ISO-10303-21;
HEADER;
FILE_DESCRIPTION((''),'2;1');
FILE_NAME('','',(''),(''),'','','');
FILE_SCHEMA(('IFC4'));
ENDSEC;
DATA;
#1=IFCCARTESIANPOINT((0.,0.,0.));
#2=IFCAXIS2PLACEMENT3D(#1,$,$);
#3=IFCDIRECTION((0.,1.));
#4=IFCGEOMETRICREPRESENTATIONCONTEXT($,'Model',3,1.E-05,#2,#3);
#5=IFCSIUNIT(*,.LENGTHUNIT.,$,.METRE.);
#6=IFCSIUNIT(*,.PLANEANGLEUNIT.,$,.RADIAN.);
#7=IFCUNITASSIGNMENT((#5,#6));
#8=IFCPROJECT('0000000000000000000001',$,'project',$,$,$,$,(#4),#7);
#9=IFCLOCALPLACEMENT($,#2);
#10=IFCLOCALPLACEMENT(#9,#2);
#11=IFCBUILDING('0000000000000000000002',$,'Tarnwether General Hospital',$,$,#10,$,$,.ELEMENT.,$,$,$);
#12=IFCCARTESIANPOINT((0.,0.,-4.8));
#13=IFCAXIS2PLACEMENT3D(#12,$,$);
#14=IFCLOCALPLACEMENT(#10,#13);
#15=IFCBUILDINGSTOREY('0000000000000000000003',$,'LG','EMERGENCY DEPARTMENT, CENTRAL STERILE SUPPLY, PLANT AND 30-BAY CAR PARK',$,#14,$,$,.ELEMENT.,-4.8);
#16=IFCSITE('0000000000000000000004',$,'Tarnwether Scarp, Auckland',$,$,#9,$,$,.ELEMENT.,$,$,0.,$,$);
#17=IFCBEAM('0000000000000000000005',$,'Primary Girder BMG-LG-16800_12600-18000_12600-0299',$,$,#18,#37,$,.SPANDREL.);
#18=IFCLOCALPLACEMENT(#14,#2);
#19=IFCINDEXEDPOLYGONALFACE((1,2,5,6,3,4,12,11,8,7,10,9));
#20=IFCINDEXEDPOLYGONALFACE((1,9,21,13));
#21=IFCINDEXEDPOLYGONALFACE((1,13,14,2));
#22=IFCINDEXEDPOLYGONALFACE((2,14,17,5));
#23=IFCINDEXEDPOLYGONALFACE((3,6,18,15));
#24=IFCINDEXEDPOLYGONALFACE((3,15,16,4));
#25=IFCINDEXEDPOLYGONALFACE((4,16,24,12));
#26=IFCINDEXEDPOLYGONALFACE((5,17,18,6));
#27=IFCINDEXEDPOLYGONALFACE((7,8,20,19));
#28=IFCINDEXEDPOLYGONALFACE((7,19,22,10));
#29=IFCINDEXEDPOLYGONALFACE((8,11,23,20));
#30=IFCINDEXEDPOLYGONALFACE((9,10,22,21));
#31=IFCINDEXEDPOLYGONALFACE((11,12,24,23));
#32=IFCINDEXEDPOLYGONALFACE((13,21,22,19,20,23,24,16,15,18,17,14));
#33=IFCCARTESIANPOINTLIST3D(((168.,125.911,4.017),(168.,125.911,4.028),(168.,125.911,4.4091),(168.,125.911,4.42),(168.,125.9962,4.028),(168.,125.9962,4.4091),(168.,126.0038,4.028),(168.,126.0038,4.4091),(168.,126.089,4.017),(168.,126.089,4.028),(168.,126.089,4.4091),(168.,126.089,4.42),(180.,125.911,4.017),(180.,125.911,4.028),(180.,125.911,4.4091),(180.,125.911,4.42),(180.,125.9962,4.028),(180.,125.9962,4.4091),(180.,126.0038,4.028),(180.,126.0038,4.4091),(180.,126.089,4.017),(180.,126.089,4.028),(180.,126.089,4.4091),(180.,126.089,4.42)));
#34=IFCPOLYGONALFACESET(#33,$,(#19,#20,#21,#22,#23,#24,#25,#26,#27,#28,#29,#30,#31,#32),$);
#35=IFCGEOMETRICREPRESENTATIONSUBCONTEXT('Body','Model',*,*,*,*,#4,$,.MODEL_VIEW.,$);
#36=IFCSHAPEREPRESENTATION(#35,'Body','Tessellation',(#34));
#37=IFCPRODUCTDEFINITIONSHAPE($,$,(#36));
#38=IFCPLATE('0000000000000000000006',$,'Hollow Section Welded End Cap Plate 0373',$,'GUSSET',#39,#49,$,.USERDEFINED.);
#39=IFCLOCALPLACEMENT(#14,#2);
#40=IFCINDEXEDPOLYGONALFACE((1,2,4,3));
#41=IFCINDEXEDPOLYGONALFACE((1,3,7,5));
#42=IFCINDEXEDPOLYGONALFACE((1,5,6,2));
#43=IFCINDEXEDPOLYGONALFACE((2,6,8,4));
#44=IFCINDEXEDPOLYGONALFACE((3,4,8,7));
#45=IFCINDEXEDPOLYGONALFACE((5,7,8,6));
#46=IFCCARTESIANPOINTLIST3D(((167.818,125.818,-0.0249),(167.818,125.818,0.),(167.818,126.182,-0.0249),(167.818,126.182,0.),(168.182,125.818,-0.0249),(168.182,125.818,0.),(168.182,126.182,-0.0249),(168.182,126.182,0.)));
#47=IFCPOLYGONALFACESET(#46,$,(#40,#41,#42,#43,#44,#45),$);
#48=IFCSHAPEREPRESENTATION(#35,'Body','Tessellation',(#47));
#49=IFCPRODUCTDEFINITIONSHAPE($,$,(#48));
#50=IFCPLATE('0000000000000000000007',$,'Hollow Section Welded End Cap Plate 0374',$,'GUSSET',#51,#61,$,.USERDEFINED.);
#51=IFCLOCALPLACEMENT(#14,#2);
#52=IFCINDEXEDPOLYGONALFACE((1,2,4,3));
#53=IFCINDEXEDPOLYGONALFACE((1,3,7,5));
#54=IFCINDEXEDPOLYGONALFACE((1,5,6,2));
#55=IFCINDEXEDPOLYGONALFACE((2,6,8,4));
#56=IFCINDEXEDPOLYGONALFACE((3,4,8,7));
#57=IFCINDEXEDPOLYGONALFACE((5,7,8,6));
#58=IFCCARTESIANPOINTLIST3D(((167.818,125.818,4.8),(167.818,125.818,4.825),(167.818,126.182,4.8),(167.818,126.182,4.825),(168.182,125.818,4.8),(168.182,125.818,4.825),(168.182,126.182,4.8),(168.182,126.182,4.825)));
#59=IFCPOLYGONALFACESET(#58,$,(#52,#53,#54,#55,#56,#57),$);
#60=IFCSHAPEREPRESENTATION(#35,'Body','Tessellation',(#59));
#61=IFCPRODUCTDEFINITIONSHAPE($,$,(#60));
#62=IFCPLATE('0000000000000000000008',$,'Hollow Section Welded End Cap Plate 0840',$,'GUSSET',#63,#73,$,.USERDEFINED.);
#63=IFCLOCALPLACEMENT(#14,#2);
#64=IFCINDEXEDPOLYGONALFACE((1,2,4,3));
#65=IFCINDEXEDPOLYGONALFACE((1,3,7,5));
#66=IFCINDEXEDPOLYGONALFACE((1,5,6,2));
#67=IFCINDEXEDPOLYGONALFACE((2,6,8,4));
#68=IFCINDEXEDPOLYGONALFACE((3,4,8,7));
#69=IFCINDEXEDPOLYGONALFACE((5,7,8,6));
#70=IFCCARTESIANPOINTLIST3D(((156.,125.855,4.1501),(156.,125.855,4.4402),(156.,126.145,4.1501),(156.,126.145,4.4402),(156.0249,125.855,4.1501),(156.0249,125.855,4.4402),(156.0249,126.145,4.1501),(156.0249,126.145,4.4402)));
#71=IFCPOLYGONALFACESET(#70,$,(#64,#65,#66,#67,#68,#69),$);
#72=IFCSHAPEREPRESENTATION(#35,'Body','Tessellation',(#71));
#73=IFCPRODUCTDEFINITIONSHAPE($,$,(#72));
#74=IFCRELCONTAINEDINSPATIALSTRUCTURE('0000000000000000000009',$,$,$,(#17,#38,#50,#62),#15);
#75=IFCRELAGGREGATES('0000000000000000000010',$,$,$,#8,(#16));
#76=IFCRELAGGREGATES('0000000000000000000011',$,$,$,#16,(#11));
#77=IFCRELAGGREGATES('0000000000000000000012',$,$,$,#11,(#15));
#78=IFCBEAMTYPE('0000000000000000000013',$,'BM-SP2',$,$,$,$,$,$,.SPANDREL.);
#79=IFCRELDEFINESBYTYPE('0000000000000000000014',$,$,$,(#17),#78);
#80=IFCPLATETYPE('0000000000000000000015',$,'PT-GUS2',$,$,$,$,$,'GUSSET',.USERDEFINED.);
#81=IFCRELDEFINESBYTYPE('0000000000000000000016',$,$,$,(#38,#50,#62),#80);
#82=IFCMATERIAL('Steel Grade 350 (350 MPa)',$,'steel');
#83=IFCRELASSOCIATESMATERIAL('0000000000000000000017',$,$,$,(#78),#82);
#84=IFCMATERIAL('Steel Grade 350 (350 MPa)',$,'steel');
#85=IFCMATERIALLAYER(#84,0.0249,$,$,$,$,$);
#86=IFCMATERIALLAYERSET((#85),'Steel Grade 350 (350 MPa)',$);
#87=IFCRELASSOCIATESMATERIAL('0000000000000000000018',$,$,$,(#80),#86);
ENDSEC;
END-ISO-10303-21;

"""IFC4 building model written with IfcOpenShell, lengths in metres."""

from ifc_helpers import new_model, si_unit, direction, frame, origin, origin_2d, place, context, subcontext, project, spatial, rectangle, i_section, extrude, material, layer, layer_set, material_profile, profile_set, type_object, element, save


model = new_model("IFC4")

# Units and contexts
model_context = context("Model", 3, precision=1e-05, world=origin(), true_north=direction((0.0, 1.0)))
body_context = subcontext(model_context, "Body", "Model", "MODEL_VIEW")
ifc_project = project(units=[si_unit("LENGTHUNIT", "METRE"), si_unit("PLANEANGLEUNIT", "RADIAN")], contexts=[model_context])

# Site, building, storey
site_placement = place(None, origin())
site = spatial("IfcSite", under=ifc_project, at=site_placement, Name="Tarnwether Scarp, Auckland", CompositionType="ELEMENT", RefElevation=0.0)
building_placement = place(site_placement, origin())
building = spatial("IfcBuilding", under=site, at=building_placement, Name="Tarnwether General Hospital", CompositionType="ELEMENT")
storey_placement = place(building_placement, frame((0.0, 0.0, -4.8)))
storey = spatial("IfcBuildingStorey", under=building, at=storey_placement, Name="LG", Description="EMERGENCY DEPARTMENT, CENTRAL STERILE SUPPLY, PLANT AND 30-BAY CAR PARK", CompositionType="ELEMENT", Elevation=-4.8)

# Beam
ifc_material_1 = material(Name="Steel Grade 350 (350 MPa)", Category="steel")
ifc_material_profile_1 = material_profile(ifc_material_1, i_section(OverallWidth=0.178, OverallDepth=0.4031, WebThickness=0.0076, FlangeThickness=0.011, at=origin_2d()), Name="410UB53.7")
ifc_profile_set_1 = profile_set([ifc_material_profile_1], Name="Steel Grade 350 (350 MPa)")
beam_type_1 = type_object("IfcBeamType", Name="BM-SP2", PredefinedType="SPANDREL", material=ifc_profile_set_1)
beam_1_placement = place(storey_placement, frame((168.0, 126.0, 4.2185), z_axis=(1.0, 0.0, 0.0), x_axis=(0.0, 1.0, 0.0)))
element("IfcBeam", 1, at=beam_1_placement, inside=storey, type_object=beam_type_1, Name="Primary Girder BMG-LG-16800_12600-18000_12600-0299", PredefinedType="SPANDREL", context=body_context, shape_type="SweptSolid", body=[
    extrude(i_section(OverallWidth=0.178, OverallDepth=0.4031, WebThickness=0.0076, FlangeThickness=0.011, at=origin_2d()), origin(), (0.0, 0.0, 1.0), 12.0),
])

# Plates
ifc_material_2 = material(Name="Steel Grade 350 (350 MPa)", Category="steel")
ifc_layer = layer(ifc_material_2, 0.0249)
ifc_layer_set = layer_set([ifc_layer], Name="Steel Grade 350 (350 MPa)")
plate_type = type_object("IfcPlateType", Name="PT-GUS2", ElementType="GUSSET", PredefinedType="USERDEFINED", material=ifc_layer_set)
for number, where, z_axis, x_axis, name in (
    (2, (168.0, 126.0, -0.0249), (0.0, 0.0, 1.0), (1.0, 0.0, 0.0), "Hollow Section Welded End Cap Plate 0373"),
    (3, (168.0, 126.0, 4.8), (0.0, 0.0, 1.0), (1.0, 0.0, 0.0), "Hollow Section Welded End Cap Plate 0374"),
):
    element("IfcPlate", number, at=place(storey_placement, frame(where, z_axis=z_axis, x_axis=x_axis)), inside=storey, type_object=plate_type, Name=name, ObjectType="GUSSET", PredefinedType="USERDEFINED", context=body_context, shape_type="SweptSolid", body=[
        extrude(rectangle(XDim=0.364, YDim=0.364, at=origin_2d()), origin(), (0.0, 0.0, 1.0), 0.0249),
    ])
plate_placement = place(storey_placement, frame((156.0125, 126.0, 4.1501), z_axis=(0.0, 0.0, 1.0), x_axis=(1.0, 0.0, 0.0)))
element("IfcPlate", 4, at=plate_placement, inside=storey, type_object=plate_type, Name="Hollow Section Welded End Cap Plate 0840", ObjectType="GUSSET", PredefinedType="USERDEFINED", context=body_context, shape_type="SweptSolid", body=[
    extrude(rectangle(XDim=0.0249, YDim=0.29, at=origin_2d()), origin(), (0.0, 0.0, 1.0), 0.29),
])

save(model, "model.ifc")
